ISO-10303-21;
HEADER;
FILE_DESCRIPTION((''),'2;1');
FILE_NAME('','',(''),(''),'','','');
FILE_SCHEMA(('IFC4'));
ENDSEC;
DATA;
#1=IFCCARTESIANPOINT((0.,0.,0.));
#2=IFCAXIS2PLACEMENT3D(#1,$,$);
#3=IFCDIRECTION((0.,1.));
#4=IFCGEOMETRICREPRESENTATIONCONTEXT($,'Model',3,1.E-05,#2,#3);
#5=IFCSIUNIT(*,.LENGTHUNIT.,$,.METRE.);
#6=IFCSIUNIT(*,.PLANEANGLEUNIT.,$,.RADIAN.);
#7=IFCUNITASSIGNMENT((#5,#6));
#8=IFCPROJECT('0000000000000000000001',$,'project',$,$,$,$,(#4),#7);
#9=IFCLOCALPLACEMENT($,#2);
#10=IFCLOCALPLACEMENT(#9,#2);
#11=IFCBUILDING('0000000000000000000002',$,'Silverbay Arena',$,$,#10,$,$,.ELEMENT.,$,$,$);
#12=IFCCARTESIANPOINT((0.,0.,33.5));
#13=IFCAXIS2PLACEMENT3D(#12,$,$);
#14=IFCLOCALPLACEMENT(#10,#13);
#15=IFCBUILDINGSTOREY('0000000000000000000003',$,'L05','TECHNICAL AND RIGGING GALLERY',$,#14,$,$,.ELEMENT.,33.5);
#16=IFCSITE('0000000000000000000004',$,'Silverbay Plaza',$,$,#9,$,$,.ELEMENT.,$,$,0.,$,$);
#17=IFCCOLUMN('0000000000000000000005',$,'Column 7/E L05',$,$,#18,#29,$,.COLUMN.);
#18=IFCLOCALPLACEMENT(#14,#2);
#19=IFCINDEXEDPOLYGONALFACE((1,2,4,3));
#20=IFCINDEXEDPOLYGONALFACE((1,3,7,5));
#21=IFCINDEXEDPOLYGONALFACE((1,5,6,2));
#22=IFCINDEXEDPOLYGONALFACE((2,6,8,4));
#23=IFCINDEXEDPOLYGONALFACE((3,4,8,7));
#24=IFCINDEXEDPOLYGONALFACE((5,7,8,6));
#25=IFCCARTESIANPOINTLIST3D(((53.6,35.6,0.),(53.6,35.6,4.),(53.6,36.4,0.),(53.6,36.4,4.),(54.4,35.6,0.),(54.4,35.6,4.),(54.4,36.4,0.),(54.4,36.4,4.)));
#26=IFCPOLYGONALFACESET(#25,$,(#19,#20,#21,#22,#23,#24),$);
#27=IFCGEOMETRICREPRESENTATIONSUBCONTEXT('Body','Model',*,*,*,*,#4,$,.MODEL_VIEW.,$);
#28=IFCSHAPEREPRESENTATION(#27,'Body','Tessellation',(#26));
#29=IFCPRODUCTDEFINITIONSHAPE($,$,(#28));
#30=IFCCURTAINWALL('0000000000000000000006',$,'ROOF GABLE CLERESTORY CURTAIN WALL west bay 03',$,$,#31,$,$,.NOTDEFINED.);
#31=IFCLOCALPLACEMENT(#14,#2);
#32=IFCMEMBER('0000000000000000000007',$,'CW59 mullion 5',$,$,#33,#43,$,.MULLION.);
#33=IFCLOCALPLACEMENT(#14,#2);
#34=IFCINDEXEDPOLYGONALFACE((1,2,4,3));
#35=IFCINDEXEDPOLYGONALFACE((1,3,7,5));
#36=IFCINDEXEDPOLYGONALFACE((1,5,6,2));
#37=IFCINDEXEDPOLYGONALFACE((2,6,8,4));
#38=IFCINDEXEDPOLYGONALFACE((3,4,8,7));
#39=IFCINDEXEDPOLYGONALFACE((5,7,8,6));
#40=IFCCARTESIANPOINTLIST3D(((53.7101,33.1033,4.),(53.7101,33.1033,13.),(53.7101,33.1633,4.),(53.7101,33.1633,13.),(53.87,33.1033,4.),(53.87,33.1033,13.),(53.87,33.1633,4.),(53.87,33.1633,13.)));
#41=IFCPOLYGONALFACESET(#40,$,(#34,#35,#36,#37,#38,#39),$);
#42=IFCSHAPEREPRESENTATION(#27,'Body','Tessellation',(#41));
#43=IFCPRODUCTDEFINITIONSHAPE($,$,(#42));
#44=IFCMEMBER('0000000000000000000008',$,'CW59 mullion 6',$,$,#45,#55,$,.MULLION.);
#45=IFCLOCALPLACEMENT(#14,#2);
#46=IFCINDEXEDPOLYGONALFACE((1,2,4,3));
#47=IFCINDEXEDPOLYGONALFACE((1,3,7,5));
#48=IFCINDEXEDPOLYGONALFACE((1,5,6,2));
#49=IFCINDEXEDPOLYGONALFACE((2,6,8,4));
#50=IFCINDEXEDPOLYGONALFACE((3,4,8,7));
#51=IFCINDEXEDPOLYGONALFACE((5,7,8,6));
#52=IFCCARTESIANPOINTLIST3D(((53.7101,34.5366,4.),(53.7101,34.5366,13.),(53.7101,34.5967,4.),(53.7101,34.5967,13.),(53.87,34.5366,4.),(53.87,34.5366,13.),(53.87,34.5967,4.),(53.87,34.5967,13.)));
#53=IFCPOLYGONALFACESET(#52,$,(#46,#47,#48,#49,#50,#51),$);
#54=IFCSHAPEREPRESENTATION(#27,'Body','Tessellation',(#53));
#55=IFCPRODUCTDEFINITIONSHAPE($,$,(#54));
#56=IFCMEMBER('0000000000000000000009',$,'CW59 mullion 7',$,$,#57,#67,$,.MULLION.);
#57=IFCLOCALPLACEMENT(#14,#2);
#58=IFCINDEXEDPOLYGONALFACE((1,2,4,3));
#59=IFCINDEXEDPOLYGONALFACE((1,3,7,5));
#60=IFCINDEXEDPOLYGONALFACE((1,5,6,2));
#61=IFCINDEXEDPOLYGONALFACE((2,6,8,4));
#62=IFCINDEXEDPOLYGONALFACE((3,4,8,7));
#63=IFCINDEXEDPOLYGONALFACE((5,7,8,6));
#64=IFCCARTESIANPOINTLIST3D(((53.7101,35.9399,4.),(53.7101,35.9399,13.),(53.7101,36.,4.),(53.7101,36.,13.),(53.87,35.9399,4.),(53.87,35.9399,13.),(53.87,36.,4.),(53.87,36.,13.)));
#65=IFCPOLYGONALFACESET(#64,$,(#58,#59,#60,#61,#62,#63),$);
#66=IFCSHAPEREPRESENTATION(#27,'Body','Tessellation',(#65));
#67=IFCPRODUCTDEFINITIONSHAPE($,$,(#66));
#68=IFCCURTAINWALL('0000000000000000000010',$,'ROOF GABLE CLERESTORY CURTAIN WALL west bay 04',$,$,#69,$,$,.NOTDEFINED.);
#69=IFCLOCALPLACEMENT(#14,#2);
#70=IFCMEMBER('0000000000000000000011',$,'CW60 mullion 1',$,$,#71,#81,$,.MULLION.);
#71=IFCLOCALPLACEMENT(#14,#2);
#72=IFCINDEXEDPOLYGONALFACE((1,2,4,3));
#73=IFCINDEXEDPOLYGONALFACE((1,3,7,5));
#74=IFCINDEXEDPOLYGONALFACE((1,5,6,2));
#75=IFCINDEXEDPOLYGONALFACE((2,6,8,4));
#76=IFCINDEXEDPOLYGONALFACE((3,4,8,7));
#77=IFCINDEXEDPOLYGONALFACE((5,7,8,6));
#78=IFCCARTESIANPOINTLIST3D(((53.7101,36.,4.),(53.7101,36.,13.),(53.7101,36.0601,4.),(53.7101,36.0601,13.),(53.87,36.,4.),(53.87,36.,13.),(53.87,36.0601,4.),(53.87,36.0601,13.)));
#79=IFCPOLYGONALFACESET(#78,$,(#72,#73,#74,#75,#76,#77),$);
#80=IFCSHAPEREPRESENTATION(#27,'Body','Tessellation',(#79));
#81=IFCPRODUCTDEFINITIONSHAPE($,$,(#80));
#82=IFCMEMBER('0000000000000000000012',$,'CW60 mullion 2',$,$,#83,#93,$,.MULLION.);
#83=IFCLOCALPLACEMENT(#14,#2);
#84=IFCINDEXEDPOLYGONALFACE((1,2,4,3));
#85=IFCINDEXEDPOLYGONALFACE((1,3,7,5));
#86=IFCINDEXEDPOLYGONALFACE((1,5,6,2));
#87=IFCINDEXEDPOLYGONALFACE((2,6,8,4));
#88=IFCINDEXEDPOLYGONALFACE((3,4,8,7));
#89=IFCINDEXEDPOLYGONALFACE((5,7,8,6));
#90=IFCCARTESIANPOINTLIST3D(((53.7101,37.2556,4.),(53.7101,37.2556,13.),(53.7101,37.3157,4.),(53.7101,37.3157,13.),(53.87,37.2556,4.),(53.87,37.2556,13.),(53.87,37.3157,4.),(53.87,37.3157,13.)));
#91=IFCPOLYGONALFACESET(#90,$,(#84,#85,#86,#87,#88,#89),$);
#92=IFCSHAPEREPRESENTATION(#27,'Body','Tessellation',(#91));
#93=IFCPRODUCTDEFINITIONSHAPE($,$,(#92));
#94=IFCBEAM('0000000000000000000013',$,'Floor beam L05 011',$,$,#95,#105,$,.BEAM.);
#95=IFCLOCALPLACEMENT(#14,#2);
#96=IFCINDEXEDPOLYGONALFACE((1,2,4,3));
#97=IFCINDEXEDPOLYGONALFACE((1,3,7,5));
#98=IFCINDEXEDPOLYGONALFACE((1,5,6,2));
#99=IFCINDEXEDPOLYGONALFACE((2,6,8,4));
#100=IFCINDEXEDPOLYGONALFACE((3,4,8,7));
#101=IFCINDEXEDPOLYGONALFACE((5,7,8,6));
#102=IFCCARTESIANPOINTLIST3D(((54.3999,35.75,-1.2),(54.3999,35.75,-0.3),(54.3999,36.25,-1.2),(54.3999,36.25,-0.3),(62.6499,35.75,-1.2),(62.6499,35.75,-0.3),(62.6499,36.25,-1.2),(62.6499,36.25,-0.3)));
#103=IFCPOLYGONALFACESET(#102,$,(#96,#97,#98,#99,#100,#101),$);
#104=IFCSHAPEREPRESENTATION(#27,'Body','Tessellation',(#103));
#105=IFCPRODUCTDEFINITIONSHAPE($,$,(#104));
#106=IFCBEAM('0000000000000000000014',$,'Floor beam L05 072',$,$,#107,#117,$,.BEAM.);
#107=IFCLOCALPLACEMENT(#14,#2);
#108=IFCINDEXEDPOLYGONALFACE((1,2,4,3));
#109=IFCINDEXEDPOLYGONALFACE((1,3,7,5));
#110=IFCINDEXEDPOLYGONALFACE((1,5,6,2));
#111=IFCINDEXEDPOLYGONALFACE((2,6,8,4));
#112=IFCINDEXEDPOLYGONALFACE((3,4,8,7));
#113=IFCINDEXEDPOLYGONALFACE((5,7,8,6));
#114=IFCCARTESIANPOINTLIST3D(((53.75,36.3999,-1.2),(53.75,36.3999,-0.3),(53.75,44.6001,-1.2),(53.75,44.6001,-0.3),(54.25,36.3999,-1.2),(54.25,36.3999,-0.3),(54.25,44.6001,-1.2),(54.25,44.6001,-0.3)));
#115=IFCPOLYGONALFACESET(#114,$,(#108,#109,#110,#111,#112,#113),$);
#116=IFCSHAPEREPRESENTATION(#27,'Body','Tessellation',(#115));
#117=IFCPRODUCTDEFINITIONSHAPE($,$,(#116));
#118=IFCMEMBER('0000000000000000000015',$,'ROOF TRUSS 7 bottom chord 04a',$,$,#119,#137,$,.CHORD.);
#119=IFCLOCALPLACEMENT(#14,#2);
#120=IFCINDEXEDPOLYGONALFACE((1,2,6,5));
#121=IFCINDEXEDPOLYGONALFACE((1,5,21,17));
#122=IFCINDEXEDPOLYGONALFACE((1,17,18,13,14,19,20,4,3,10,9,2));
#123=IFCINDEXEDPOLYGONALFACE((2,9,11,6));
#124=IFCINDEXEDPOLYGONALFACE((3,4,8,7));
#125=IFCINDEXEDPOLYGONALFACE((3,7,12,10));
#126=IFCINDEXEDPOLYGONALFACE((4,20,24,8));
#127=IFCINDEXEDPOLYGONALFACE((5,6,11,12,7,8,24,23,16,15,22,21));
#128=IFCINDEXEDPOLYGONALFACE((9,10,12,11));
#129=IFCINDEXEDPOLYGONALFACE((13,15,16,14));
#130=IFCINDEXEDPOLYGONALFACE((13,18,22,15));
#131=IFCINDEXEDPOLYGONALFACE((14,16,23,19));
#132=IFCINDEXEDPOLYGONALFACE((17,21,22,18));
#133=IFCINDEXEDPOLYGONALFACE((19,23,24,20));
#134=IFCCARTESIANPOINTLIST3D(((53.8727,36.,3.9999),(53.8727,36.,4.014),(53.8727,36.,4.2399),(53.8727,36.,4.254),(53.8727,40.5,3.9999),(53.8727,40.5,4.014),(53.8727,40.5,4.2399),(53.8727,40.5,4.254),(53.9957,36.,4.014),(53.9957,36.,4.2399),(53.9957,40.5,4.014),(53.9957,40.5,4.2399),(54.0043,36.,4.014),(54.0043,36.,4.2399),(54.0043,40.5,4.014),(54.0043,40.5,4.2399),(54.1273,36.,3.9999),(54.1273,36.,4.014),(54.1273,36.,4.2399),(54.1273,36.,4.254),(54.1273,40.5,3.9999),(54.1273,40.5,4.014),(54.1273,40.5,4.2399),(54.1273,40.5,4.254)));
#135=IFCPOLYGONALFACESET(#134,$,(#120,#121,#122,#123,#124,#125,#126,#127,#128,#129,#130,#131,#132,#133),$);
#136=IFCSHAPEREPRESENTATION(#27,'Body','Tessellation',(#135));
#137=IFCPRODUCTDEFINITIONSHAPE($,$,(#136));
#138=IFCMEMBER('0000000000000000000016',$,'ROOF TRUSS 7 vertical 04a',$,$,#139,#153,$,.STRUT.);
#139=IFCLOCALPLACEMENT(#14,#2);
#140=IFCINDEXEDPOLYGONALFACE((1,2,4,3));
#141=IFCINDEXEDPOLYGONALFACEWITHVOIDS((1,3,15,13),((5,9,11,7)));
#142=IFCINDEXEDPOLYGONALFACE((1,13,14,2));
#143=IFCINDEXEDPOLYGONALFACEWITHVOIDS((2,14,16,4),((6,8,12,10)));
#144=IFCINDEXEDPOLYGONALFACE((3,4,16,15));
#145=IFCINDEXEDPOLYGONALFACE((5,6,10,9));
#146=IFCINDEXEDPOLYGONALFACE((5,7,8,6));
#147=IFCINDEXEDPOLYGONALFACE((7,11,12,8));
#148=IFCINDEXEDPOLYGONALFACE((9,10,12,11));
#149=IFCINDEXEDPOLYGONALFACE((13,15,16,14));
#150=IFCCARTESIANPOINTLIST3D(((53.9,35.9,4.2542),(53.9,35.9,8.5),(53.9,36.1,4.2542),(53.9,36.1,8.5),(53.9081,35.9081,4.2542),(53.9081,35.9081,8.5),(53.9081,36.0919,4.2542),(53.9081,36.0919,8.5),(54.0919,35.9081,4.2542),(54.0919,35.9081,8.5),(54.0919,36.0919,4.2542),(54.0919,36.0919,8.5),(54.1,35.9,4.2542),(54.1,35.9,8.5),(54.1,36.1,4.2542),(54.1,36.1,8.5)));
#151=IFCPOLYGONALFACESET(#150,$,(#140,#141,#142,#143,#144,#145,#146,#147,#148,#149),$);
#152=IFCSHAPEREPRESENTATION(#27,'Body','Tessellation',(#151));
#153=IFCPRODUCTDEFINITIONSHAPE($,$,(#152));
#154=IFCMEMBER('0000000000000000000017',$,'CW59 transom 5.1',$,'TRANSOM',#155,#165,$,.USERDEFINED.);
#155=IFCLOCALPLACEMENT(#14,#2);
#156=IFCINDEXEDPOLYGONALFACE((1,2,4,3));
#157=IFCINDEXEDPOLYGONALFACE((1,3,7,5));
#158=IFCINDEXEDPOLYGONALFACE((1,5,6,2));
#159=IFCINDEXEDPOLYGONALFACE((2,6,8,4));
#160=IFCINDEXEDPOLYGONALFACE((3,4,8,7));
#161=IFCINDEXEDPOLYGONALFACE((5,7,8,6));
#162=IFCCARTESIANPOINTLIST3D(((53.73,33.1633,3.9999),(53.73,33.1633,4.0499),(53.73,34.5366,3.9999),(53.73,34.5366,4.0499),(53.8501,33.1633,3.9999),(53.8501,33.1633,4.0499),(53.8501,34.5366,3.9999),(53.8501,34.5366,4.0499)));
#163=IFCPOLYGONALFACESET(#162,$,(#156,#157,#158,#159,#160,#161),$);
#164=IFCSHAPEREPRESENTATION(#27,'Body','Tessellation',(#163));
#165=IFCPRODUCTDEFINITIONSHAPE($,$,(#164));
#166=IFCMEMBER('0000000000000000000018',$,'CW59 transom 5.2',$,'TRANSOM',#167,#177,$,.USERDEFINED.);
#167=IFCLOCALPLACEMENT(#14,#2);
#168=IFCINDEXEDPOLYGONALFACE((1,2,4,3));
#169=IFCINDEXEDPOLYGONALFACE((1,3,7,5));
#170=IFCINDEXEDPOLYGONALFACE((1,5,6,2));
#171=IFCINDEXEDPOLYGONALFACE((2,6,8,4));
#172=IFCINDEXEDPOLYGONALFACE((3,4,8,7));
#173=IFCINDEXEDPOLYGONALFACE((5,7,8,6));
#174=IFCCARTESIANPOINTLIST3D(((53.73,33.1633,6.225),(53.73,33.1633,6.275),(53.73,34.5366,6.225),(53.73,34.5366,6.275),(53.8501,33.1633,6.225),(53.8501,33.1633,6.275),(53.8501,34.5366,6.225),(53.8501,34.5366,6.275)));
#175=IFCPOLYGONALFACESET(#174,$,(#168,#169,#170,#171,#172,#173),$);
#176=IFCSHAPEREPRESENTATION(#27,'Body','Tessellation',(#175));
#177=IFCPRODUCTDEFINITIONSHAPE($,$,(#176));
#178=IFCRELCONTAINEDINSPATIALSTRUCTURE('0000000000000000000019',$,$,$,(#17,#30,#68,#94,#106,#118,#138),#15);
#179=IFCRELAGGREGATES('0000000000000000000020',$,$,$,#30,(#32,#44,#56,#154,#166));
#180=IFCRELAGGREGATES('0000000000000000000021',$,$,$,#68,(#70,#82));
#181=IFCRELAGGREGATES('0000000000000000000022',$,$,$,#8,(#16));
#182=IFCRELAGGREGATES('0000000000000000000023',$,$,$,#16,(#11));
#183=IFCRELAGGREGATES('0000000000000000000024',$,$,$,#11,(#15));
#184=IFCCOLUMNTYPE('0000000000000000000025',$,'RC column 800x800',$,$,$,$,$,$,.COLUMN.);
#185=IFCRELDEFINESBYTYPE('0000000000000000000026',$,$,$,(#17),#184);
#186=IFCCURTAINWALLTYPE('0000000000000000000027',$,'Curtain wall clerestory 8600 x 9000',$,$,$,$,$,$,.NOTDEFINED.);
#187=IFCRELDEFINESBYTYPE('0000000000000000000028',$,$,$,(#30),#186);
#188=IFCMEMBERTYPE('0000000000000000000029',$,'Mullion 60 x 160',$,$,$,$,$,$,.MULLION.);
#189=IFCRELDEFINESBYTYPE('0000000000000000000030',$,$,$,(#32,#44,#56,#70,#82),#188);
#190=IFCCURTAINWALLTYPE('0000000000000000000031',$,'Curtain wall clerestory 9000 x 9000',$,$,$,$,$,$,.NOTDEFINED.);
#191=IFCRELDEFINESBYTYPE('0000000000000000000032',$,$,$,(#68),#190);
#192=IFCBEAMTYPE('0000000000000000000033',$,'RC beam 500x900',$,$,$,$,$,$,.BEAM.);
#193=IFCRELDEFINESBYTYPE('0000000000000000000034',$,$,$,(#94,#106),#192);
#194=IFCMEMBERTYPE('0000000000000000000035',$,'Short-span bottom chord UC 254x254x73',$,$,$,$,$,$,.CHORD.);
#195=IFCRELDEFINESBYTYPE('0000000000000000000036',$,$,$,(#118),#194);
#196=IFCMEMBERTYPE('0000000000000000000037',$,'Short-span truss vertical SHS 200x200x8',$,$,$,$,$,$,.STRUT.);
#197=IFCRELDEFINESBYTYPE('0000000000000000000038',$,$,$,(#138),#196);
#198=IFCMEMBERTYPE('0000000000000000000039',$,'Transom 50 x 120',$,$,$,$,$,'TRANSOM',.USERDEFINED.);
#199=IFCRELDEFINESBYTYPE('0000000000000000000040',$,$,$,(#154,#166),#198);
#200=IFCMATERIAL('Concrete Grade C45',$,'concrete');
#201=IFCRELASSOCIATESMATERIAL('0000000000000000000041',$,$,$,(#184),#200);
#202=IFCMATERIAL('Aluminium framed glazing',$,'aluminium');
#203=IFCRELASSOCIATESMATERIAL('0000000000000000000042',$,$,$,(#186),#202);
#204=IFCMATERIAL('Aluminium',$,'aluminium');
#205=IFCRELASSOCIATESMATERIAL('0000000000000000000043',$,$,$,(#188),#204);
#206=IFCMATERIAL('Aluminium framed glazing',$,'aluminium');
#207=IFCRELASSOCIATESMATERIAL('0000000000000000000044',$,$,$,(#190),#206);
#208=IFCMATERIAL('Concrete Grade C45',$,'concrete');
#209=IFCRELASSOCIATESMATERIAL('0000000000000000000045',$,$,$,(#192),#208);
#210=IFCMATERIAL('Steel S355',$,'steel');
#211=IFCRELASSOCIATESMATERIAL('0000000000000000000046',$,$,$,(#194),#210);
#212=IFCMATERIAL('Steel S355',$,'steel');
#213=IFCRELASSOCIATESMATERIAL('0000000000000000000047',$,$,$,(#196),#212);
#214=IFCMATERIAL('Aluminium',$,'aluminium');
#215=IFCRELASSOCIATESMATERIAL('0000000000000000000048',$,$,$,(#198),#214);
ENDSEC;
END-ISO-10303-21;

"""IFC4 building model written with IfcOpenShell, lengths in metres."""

from ifc_helpers import new_model, si_unit, direction, frame, origin, origin_2d, place, context, subcontext, project, spatial, rectangle, hollow_rectangle, i_section, extrude, material, material_profile, profile_set, type_object, element, aggregate, save


model = new_model("IFC4")

# Units and contexts
model_context = context("Model", 3, precision=1e-05, world=origin(), true_north=direction((0.0, 1.0)))
body_context = subcontext(model_context, "Body", "Model", "MODEL_VIEW")
ifc_project = project(units=[si_unit("LENGTHUNIT", "METRE"), si_unit("PLANEANGLEUNIT", "RADIAN")], contexts=[model_context])

# Site, building, storey
site_placement = place(None, origin())
site = spatial("IfcSite", under=ifc_project, at=site_placement, Name="Silverbay Plaza", CompositionType="ELEMENT", RefElevation=0.0)
building_placement = place(site_placement, origin())
building = spatial("IfcBuilding", under=site, at=building_placement, Name="Silverbay Arena", CompositionType="ELEMENT")
storey_placement = place(building_placement, frame((0.0, 0.0, 33.5)))
storey = spatial("IfcBuildingStorey", under=building, at=storey_placement, Name="L05", Description="TECHNICAL AND RIGGING GALLERY", CompositionType="ELEMENT", Elevation=33.5)

# Column
ifc_material_1 = material(Name="Concrete Grade C45", Category="concrete")
ifc_material_profile_1 = material_profile(ifc_material_1, rectangle(XDim=0.8, YDim=0.8, at=origin_2d()), Name="RC 800x800")
ifc_profile_set_1 = profile_set([ifc_material_profile_1], Name="Concrete Grade C45")
column_type = type_object("IfcColumnType", Name="RC column 800x800", PredefinedType="COLUMN", material=ifc_profile_set_1)
column_placement = place(storey_placement, frame((54.0, 36.0, 0.0), z_axis=(0.0, 0.0, 1.0), x_axis=(1.0, 0.0, 0.0)))
element("IfcColumn", 1, at=column_placement, inside=storey, type_object=column_type, Name="Column 7/E L05", PredefinedType="COLUMN", context=body_context, shape_type="SweptSolid", body=[
    extrude(rectangle(XDim=0.8, YDim=0.8, at=origin_2d()), origin(), (0.0, 0.0, 1.0), 4.0),
])

# Curtain walls, members
ifc_material_2 = material(Name="Aluminium framed glazing", Category="aluminium")
curtain_wall_type_1 = type_object("IfcCurtainWallType", Name="Curtain wall clerestory 8600 x 9000", PredefinedType="NOTDEFINED", material=ifc_material_2)
curtain_wall_1_placement = place(storey_placement, origin())
curtain_wall_1 = element("IfcCurtainWall", 2, at=curtain_wall_1_placement, inside=storey, type_object=curtain_wall_type_1, Name="ROOF GABLE CLERESTORY CURTAIN WALL west bay 03", PredefinedType="NOTDEFINED")
ifc_material_3 = material(Name="Aluminium", Category="aluminium")
ifc_material_profile_2 = material_profile(ifc_material_3, rectangle(XDim=0.1599, YDim=0.0601, at=origin_2d()), Name="Mullion 60 x 160")
ifc_profile_set_2 = profile_set([ifc_material_profile_2], Name="Aluminium")
member_type_1 = type_object("IfcMemberType", Name="Mullion 60 x 160", PredefinedType="MULLION", material=ifc_profile_set_2)
member_1_placement = place(storey_placement, frame((53.79, 33.1333, 4.0), z_axis=(0.0, 0.0, 1.0), x_axis=(-1.0, 0.0, 0.0)))
member_1 = element("IfcMember", 3, at=member_1_placement, type_object=member_type_1, Name="CW59 mullion 5", PredefinedType="MULLION", context=body_context, shape_type="SweptSolid", body=[
    extrude(rectangle(XDim=0.1599, YDim=0.0601, at=origin_2d()), origin(), (0.0, 0.0, 1.0), 9.0),
])
member_2_placement = place(storey_placement, frame((53.79, 34.5667, 4.0), z_axis=(0.0, 0.0, 1.0), x_axis=(-1.0, 0.0, 0.0)))
member_2 = element("IfcMember", 4, at=member_2_placement, type_object=member_type_1, Name="CW59 mullion 6", PredefinedType="MULLION", context=body_context, shape_type="SweptSolid", body=[
    extrude(rectangle(XDim=0.1599, YDim=0.0601, at=origin_2d()), origin(), (0.0, 0.0, 1.0), 9.0),
])
member_3_placement = place(storey_placement, frame((53.79, 35.97, 4.0), z_axis=(0.0, 0.0, 1.0), x_axis=(-1.0, 0.0, 0.0)))
member_3 = element("IfcMember", 5, at=member_3_placement, type_object=member_type_1, Name="CW59 mullion 7", PredefinedType="MULLION", context=body_context, shape_type="SweptSolid", body=[
    extrude(rectangle(XDim=0.1599, YDim=0.0601, at=origin_2d()), origin(), (0.0, 0.0, 1.0), 9.0),
])
ifc_material_4 = material(Name="Aluminium framed glazing", Category="aluminium")
curtain_wall_type_2 = type_object("IfcCurtainWallType", Name="Curtain wall clerestory 9000 x 9000", PredefinedType="NOTDEFINED", material=ifc_material_4)
curtain_wall_2_placement = place(storey_placement, origin())
curtain_wall_2 = element("IfcCurtainWall", 6, at=curtain_wall_2_placement, inside=storey, type_object=curtain_wall_type_2, Name="ROOF GABLE CLERESTORY CURTAIN WALL west bay 04", PredefinedType="NOTDEFINED")
member_4_placement = place(storey_placement, frame((53.79, 36.03, 4.0), z_axis=(0.0, 0.0, 1.0), x_axis=(-1.0, 0.0, 0.0)))
member_4 = element("IfcMember", 7, at=member_4_placement, type_object=member_type_1, Name="CW60 mullion 1", PredefinedType="MULLION", context=body_context, shape_type="SweptSolid", body=[
    extrude(rectangle(XDim=0.1599, YDim=0.0601, at=origin_2d()), origin(), (0.0, 0.0, 1.0), 9.0),
])
member_5_placement = place(storey_placement, frame((53.79, 37.2856, 4.0), z_axis=(0.0, 0.0, 1.0), x_axis=(-1.0, 0.0, 0.0)))
member_5 = element("IfcMember", 8, at=member_5_placement, type_object=member_type_1, Name="CW60 mullion 2", PredefinedType="MULLION", context=body_context, shape_type="SweptSolid", body=[
    extrude(rectangle(XDim=0.1599, YDim=0.0601, at=origin_2d()), origin(), (0.0, 0.0, 1.0), 9.0),
])

# Beams
ifc_material_5 = material(Name="Concrete Grade C45", Category="concrete")
ifc_material_profile_3 = material_profile(ifc_material_5, rectangle(XDim=0.5, YDim=0.8999, at=origin_2d()), Name="RC 500x900")
ifc_profile_set_3 = profile_set([ifc_material_profile_3], Name="Concrete Grade C45")
beam_type = type_object("IfcBeamType", Name="RC beam 500x900", PredefinedType="BEAM", material=ifc_profile_set_3)
beam_1_placement = place(storey_placement, frame((54.3999, 36.0, -0.75), z_axis=(1.0, 0.0, 0.0), x_axis=(0.0, 1.0, 0.0)))
element("IfcBeam", 9, at=beam_1_placement, inside=storey, type_object=beam_type, Name="Floor beam L05 011", PredefinedType="BEAM", context=body_context, shape_type="SweptSolid", body=[
    extrude(rectangle(XDim=0.5, YDim=0.8999, at=origin_2d()), origin(), (0.0, 0.0, 1.0), 8.25),
])
beam_2_placement = place(storey_placement, frame((54.0, 36.3999, -0.75), z_axis=(0.0, 1.0, 0.0), x_axis=(-1.0, 0.0, 0.0)))
element("IfcBeam", 10, at=beam_2_placement, inside=storey, type_object=beam_type, Name="Floor beam L05 072", PredefinedType="BEAM", context=body_context, shape_type="SweptSolid", body=[
    extrude(rectangle(XDim=0.5, YDim=0.8999, at=origin_2d()), origin(), (0.0, 0.0, 1.0), 8.2002),
])

# Members
ifc_material_6 = material(Name="Steel S355", Category="steel")
ifc_material_profile_4 = material_profile(ifc_material_6, i_section(OverallWidth=0.2546, OverallDepth=0.2542, WebThickness=0.0085, FlangeThickness=0.0142, at=origin_2d()), Name="UC 254x254x73")
ifc_profile_set_4 = profile_set([ifc_material_profile_4], Name="Steel S355")
member_type_2 = type_object("IfcMemberType", Name="Short-span bottom chord UC 254x254x73", PredefinedType="CHORD", material=ifc_profile_set_4)
member_6_placement = place(storey_placement, frame((54.0, 36.0, 4.127), z_axis=(0.0, 1.0, 0.0), x_axis=(-1.0, 0.0, 0.0)))
element("IfcMember", 11, at=member_6_placement, inside=storey, type_object=member_type_2, Name="ROOF TRUSS 7 bottom chord 04a", PredefinedType="CHORD", context=body_context, shape_type="SweptSolid", body=[
    extrude(i_section(OverallWidth=0.2546, OverallDepth=0.2542, WebThickness=0.0085, FlangeThickness=0.0142, at=origin_2d()), origin(), (0.0, 0.0, 1.0), 4.5),
])
ifc_material_7 = material(Name="Steel S355", Category="steel")
ifc_material_profile_5 = material_profile(ifc_material_7, hollow_rectangle(XDim=0.2, YDim=0.2, WallThickness=0.0081, at=origin_2d()), Name="SHS 200x200x8")
ifc_profile_set_5 = profile_set([ifc_material_profile_5], Name="Steel S355")
member_type_3 = type_object("IfcMemberType", Name="Short-span truss vertical SHS 200x200x8", PredefinedType="STRUT", material=ifc_profile_set_5)
member_7_placement = place(storey_placement, frame((54.0, 36.0, 4.2542), z_axis=(0.0, 0.0, 1.0), x_axis=(1.0, 0.0, 0.0)))
element("IfcMember", 12, at=member_7_placement, inside=storey, type_object=member_type_3, Name="ROOF TRUSS 7 vertical 04a", PredefinedType="STRUT", context=body_context, shape_type="SweptSolid", body=[
    extrude(hollow_rectangle(XDim=0.2, YDim=0.2, WallThickness=0.0081, at=origin_2d()), origin(), (0.0, 0.0, 1.0), 4.2458),
])

# Members
ifc_material_8 = material(Name="Aluminium", Category="aluminium")
ifc_material_profile_6 = material_profile(ifc_material_8, rectangle(XDim=0.1201, YDim=0.05, at=origin_2d()), Name="Transom 50 x 120")
ifc_profile_set_6 = profile_set([ifc_material_profile_6], Name="Aluminium")
member_type_4 = type_object("IfcMemberType", Name="Transom 50 x 120", ElementType="TRANSOM", PredefinedType="USERDEFINED", material=ifc_profile_set_6)
member_8_placement = place(storey_placement, frame((53.79, 33.1633, 4.0249), z_axis=(0.0, 1.0, 0.0), x_axis=(-1.0, 0.0, 0.0)))
member_8 = element("IfcMember", 13, at=member_8_placement, type_object=member_type_4, Name="CW59 transom 5.1", ObjectType="TRANSOM", PredefinedType="USERDEFINED", context=body_context, shape_type="SweptSolid", body=[
    extrude(rectangle(XDim=0.1201, YDim=0.05, at=origin_2d()), origin(), (0.0, 0.0, 1.0), 1.3733),
])
member_9_placement = place(storey_placement, frame((53.79, 33.1633, 6.25), z_axis=(0.0, 1.0, 0.0), x_axis=(-1.0, 0.0, 0.0)))
member_9 = element("IfcMember", 14, at=member_9_placement, type_object=member_type_4, Name="CW59 transom 5.2", ObjectType="TRANSOM", PredefinedType="USERDEFINED", context=body_context, shape_type="SweptSolid", body=[
    extrude(rectangle(XDim=0.1201, YDim=0.05, at=origin_2d()), origin(), (0.0, 0.0, 1.0), 1.3733),
])

aggregate(curtain_wall_1, [member_1, member_2, member_3, member_8, member_9])
aggregate(curtain_wall_2, [member_4, member_5])

save(model, "model.ifc")
